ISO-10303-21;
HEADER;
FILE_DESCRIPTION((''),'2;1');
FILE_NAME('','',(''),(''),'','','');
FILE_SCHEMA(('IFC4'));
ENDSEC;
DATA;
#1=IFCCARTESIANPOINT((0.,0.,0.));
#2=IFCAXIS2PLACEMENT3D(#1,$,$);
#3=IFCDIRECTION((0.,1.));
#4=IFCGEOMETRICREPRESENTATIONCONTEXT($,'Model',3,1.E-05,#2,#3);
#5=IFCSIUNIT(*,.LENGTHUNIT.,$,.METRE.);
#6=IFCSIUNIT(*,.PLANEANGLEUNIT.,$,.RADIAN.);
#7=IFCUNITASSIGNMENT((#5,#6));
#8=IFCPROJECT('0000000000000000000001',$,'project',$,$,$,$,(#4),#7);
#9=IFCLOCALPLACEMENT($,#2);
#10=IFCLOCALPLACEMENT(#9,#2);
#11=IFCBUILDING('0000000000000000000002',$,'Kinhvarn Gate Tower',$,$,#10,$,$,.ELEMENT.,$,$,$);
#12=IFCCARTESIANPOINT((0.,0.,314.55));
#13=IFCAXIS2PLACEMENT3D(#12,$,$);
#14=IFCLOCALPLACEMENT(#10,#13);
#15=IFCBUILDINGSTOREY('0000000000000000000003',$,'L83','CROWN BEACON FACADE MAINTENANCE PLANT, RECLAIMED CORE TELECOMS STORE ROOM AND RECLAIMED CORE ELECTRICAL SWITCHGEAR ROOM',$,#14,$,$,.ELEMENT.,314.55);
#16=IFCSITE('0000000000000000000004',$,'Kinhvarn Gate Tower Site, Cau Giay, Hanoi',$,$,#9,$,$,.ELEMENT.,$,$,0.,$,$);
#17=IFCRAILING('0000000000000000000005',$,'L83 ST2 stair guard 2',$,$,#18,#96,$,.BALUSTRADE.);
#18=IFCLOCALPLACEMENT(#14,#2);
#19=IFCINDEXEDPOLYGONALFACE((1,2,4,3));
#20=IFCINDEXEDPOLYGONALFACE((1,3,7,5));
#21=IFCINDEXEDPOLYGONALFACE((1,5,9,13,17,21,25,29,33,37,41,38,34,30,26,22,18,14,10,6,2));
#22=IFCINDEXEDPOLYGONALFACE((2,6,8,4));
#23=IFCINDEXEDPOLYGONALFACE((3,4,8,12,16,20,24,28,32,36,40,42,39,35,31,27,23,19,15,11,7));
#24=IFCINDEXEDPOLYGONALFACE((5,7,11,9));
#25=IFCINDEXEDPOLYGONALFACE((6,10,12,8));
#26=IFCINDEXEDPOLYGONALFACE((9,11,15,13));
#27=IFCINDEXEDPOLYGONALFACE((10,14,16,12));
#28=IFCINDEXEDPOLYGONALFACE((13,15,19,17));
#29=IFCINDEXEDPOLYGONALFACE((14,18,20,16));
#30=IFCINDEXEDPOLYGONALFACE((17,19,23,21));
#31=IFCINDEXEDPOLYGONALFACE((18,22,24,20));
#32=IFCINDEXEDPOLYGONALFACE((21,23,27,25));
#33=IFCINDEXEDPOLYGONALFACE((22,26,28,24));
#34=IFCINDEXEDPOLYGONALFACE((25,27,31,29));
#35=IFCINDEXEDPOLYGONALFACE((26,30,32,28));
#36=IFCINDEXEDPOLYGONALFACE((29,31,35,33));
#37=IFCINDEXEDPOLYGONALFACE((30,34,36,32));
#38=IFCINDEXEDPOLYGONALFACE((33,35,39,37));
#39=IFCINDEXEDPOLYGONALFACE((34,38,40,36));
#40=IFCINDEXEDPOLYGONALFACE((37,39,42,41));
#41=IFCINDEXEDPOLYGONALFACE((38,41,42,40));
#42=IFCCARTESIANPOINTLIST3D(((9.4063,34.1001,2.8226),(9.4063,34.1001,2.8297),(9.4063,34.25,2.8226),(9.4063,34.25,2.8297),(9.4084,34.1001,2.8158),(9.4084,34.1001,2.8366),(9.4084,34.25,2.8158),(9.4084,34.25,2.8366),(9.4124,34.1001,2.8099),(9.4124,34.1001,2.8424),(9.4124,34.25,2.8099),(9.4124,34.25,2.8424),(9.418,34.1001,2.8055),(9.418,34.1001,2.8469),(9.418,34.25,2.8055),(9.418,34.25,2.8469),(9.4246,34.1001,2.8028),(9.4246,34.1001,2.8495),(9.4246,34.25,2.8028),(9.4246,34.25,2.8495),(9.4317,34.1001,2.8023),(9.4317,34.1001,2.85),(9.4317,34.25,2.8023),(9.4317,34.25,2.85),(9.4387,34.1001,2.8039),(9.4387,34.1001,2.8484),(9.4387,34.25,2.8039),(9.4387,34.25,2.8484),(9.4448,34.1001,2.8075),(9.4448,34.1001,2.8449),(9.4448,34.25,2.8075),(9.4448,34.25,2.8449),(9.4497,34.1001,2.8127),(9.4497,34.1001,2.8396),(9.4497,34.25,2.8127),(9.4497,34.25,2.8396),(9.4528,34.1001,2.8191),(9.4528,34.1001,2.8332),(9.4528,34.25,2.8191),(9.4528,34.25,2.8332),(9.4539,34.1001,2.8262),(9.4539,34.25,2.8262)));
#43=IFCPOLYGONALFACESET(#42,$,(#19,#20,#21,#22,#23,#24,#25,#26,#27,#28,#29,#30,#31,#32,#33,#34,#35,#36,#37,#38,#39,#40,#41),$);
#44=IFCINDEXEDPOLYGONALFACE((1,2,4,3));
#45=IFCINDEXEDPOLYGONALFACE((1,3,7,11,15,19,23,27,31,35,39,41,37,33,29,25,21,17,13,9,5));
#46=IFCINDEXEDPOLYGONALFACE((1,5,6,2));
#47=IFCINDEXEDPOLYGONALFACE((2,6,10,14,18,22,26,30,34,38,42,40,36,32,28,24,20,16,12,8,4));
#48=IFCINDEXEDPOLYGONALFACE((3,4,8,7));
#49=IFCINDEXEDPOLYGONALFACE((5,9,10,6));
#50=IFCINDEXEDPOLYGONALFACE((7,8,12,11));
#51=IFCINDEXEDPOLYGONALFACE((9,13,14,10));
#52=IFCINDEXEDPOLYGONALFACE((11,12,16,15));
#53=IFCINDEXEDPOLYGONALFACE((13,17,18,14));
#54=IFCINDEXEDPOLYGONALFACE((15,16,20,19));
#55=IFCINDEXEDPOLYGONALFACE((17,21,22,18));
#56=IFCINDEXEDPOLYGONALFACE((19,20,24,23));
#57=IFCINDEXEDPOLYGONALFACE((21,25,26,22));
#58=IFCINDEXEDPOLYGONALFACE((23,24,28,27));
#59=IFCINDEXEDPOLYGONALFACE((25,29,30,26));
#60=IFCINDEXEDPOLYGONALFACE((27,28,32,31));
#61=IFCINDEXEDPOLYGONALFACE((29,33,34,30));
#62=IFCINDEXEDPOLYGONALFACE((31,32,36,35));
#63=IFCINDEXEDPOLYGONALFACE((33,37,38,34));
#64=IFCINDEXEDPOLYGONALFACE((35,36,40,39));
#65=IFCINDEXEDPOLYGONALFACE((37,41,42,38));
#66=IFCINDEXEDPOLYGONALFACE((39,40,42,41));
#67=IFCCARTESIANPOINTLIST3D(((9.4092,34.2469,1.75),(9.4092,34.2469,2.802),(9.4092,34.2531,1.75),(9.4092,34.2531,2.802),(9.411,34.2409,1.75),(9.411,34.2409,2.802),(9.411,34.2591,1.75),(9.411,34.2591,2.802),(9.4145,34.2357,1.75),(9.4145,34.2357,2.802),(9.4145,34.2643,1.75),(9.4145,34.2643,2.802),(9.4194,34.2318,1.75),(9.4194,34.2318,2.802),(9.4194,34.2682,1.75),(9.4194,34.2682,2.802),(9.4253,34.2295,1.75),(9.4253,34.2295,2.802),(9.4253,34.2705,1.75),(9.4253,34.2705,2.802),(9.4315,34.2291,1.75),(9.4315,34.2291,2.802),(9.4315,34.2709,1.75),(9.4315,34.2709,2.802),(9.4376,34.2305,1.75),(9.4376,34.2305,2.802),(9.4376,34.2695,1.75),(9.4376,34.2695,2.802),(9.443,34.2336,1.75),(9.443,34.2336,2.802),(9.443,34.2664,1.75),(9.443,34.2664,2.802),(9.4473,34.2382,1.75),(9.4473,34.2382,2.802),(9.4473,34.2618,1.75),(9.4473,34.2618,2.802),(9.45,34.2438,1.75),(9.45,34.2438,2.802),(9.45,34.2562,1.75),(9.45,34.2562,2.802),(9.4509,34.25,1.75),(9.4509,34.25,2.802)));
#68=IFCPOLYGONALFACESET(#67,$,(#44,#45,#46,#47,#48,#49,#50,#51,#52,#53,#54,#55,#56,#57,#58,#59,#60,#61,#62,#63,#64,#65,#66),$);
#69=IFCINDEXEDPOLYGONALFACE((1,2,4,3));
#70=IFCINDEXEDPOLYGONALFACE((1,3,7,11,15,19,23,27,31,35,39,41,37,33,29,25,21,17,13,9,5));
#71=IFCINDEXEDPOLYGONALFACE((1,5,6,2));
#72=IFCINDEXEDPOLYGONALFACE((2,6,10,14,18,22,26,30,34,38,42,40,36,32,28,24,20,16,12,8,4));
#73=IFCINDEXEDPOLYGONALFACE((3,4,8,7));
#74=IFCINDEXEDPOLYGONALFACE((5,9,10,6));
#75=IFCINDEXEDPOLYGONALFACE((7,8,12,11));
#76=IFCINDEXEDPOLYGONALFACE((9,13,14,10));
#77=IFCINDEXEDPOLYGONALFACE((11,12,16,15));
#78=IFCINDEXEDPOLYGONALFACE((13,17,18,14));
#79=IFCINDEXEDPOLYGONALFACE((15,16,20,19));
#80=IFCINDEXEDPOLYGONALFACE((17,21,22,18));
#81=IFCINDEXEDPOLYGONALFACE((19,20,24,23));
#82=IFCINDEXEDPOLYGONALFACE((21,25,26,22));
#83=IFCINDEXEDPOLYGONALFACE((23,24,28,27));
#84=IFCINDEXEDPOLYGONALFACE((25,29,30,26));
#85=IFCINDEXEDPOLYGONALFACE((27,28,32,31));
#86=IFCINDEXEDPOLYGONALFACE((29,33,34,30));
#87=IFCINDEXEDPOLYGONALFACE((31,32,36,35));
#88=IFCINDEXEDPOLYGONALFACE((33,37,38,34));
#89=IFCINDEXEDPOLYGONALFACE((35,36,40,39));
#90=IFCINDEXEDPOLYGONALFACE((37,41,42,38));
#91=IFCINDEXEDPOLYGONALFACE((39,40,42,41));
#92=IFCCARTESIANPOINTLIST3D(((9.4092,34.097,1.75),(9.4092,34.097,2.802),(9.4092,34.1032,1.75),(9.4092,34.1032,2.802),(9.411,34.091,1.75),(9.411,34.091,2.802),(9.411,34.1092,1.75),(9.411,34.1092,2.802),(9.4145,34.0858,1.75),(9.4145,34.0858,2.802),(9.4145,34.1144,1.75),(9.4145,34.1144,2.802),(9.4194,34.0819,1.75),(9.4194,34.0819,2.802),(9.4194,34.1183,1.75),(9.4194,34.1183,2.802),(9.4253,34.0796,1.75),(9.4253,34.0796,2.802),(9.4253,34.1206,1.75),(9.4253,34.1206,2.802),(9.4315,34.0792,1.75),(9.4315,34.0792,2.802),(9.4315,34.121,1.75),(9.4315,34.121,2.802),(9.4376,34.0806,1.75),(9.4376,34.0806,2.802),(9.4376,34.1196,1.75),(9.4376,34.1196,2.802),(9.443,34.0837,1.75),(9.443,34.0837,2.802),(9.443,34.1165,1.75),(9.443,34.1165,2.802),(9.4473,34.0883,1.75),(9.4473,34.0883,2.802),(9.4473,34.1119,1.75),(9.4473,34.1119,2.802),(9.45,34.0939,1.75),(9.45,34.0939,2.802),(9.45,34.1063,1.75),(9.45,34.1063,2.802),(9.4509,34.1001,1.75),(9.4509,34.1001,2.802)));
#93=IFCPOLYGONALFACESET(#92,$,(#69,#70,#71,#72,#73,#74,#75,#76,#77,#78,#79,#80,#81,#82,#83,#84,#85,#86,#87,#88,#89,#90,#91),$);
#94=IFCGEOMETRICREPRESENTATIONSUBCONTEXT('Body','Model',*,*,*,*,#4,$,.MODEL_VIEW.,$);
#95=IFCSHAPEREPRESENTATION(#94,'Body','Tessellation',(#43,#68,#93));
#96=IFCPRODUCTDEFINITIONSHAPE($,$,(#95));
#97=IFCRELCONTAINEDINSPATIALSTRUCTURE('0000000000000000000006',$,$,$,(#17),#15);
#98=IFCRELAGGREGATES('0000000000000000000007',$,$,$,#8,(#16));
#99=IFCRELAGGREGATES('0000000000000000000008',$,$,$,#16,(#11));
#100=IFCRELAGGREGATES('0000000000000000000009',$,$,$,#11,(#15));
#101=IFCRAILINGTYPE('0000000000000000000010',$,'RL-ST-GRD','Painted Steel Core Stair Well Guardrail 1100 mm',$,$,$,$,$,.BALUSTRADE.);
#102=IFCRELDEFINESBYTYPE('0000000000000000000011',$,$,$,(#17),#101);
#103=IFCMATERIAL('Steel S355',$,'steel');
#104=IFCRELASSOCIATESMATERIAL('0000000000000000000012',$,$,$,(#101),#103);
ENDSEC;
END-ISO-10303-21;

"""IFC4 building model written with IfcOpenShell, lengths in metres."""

from ifc_helpers import new_model, si_unit, direction, frame, origin, origin_2d, place, context, subcontext, project, spatial, circle, extrude, material, type_object, element, save


model = new_model("IFC4")

# Units and contexts
model_context = context("Model", 3, precision=1e-05, world=origin(), true_north=direction((0.0, 1.0)))
body_context = subcontext(model_context, "Body", "Model", "MODEL_VIEW")
ifc_project = project(units=[si_unit("LENGTHUNIT", "METRE"), si_unit("PLANEANGLEUNIT", "RADIAN")], contexts=[model_context])

# Site, building, storey
site_placement = place(None, origin())
site = spatial("IfcSite", under=ifc_project, at=site_placement, Name="Kinhvarn Gate Tower Site, Cau Giay, Hanoi", CompositionType="ELEMENT", RefElevation=0.0)
building_placement = place(site_placement, origin())
building = spatial("IfcBuilding", under=site, at=building_placement, Name="Kinhvarn Gate Tower", CompositionType="ELEMENT")
storey_placement = place(building_placement, frame((0.0, 0.0, 314.55)))
storey = spatial("IfcBuildingStorey", under=building, at=storey_placement, Name="L83", Description="CROWN BEACON FACADE MAINTENANCE PLANT, RECLAIMED CORE TELECOMS STORE ROOM AND RECLAIMED CORE ELECTRICAL SWITCHGEAR ROOM", CompositionType="ELEMENT", Elevation=314.55)

# Railing
ifc_material_1 = material(Name="Steel S355", Category="steel")
railing_type_1 = type_object("IfcRailingType", Name="RL-ST-GRD", Description="Painted Steel Core Stair Well Guardrail 1100 mm", PredefinedType="BALUSTRADE", material=ifc_material_1)
railing_1_placement = place(storey_placement, frame((9.4299, 34.25, 1.75)))
element("IfcRailing", 1, at=railing_1_placement, inside=storey, type_object=railing_type_1, Name="L83 ST2 stair guard 2", PredefinedType="BALUSTRADE", context=body_context, shape_type="SweptSolid", body=[
    extrude(circle(Radius=0.0239, at=origin_2d()), frame((0.0, 0.0, 1.0762), z_axis=(0.0, -1.0, 0.0), x_axis=(1.0, 0.0, 0.0)), (0.0, 0.0, 1.0), 0.1499),
    extrude(circle(Radius=0.021, at=origin_2d()), origin(), (0.0, 0.0, 1.0), 1.052),
    extrude(circle(Radius=0.021, at=origin_2d()), frame((0.0, -0.1499, 0.0)), (0.0, 0.0, 1.0), 1.052),
])

save(model, "model.ifc")
